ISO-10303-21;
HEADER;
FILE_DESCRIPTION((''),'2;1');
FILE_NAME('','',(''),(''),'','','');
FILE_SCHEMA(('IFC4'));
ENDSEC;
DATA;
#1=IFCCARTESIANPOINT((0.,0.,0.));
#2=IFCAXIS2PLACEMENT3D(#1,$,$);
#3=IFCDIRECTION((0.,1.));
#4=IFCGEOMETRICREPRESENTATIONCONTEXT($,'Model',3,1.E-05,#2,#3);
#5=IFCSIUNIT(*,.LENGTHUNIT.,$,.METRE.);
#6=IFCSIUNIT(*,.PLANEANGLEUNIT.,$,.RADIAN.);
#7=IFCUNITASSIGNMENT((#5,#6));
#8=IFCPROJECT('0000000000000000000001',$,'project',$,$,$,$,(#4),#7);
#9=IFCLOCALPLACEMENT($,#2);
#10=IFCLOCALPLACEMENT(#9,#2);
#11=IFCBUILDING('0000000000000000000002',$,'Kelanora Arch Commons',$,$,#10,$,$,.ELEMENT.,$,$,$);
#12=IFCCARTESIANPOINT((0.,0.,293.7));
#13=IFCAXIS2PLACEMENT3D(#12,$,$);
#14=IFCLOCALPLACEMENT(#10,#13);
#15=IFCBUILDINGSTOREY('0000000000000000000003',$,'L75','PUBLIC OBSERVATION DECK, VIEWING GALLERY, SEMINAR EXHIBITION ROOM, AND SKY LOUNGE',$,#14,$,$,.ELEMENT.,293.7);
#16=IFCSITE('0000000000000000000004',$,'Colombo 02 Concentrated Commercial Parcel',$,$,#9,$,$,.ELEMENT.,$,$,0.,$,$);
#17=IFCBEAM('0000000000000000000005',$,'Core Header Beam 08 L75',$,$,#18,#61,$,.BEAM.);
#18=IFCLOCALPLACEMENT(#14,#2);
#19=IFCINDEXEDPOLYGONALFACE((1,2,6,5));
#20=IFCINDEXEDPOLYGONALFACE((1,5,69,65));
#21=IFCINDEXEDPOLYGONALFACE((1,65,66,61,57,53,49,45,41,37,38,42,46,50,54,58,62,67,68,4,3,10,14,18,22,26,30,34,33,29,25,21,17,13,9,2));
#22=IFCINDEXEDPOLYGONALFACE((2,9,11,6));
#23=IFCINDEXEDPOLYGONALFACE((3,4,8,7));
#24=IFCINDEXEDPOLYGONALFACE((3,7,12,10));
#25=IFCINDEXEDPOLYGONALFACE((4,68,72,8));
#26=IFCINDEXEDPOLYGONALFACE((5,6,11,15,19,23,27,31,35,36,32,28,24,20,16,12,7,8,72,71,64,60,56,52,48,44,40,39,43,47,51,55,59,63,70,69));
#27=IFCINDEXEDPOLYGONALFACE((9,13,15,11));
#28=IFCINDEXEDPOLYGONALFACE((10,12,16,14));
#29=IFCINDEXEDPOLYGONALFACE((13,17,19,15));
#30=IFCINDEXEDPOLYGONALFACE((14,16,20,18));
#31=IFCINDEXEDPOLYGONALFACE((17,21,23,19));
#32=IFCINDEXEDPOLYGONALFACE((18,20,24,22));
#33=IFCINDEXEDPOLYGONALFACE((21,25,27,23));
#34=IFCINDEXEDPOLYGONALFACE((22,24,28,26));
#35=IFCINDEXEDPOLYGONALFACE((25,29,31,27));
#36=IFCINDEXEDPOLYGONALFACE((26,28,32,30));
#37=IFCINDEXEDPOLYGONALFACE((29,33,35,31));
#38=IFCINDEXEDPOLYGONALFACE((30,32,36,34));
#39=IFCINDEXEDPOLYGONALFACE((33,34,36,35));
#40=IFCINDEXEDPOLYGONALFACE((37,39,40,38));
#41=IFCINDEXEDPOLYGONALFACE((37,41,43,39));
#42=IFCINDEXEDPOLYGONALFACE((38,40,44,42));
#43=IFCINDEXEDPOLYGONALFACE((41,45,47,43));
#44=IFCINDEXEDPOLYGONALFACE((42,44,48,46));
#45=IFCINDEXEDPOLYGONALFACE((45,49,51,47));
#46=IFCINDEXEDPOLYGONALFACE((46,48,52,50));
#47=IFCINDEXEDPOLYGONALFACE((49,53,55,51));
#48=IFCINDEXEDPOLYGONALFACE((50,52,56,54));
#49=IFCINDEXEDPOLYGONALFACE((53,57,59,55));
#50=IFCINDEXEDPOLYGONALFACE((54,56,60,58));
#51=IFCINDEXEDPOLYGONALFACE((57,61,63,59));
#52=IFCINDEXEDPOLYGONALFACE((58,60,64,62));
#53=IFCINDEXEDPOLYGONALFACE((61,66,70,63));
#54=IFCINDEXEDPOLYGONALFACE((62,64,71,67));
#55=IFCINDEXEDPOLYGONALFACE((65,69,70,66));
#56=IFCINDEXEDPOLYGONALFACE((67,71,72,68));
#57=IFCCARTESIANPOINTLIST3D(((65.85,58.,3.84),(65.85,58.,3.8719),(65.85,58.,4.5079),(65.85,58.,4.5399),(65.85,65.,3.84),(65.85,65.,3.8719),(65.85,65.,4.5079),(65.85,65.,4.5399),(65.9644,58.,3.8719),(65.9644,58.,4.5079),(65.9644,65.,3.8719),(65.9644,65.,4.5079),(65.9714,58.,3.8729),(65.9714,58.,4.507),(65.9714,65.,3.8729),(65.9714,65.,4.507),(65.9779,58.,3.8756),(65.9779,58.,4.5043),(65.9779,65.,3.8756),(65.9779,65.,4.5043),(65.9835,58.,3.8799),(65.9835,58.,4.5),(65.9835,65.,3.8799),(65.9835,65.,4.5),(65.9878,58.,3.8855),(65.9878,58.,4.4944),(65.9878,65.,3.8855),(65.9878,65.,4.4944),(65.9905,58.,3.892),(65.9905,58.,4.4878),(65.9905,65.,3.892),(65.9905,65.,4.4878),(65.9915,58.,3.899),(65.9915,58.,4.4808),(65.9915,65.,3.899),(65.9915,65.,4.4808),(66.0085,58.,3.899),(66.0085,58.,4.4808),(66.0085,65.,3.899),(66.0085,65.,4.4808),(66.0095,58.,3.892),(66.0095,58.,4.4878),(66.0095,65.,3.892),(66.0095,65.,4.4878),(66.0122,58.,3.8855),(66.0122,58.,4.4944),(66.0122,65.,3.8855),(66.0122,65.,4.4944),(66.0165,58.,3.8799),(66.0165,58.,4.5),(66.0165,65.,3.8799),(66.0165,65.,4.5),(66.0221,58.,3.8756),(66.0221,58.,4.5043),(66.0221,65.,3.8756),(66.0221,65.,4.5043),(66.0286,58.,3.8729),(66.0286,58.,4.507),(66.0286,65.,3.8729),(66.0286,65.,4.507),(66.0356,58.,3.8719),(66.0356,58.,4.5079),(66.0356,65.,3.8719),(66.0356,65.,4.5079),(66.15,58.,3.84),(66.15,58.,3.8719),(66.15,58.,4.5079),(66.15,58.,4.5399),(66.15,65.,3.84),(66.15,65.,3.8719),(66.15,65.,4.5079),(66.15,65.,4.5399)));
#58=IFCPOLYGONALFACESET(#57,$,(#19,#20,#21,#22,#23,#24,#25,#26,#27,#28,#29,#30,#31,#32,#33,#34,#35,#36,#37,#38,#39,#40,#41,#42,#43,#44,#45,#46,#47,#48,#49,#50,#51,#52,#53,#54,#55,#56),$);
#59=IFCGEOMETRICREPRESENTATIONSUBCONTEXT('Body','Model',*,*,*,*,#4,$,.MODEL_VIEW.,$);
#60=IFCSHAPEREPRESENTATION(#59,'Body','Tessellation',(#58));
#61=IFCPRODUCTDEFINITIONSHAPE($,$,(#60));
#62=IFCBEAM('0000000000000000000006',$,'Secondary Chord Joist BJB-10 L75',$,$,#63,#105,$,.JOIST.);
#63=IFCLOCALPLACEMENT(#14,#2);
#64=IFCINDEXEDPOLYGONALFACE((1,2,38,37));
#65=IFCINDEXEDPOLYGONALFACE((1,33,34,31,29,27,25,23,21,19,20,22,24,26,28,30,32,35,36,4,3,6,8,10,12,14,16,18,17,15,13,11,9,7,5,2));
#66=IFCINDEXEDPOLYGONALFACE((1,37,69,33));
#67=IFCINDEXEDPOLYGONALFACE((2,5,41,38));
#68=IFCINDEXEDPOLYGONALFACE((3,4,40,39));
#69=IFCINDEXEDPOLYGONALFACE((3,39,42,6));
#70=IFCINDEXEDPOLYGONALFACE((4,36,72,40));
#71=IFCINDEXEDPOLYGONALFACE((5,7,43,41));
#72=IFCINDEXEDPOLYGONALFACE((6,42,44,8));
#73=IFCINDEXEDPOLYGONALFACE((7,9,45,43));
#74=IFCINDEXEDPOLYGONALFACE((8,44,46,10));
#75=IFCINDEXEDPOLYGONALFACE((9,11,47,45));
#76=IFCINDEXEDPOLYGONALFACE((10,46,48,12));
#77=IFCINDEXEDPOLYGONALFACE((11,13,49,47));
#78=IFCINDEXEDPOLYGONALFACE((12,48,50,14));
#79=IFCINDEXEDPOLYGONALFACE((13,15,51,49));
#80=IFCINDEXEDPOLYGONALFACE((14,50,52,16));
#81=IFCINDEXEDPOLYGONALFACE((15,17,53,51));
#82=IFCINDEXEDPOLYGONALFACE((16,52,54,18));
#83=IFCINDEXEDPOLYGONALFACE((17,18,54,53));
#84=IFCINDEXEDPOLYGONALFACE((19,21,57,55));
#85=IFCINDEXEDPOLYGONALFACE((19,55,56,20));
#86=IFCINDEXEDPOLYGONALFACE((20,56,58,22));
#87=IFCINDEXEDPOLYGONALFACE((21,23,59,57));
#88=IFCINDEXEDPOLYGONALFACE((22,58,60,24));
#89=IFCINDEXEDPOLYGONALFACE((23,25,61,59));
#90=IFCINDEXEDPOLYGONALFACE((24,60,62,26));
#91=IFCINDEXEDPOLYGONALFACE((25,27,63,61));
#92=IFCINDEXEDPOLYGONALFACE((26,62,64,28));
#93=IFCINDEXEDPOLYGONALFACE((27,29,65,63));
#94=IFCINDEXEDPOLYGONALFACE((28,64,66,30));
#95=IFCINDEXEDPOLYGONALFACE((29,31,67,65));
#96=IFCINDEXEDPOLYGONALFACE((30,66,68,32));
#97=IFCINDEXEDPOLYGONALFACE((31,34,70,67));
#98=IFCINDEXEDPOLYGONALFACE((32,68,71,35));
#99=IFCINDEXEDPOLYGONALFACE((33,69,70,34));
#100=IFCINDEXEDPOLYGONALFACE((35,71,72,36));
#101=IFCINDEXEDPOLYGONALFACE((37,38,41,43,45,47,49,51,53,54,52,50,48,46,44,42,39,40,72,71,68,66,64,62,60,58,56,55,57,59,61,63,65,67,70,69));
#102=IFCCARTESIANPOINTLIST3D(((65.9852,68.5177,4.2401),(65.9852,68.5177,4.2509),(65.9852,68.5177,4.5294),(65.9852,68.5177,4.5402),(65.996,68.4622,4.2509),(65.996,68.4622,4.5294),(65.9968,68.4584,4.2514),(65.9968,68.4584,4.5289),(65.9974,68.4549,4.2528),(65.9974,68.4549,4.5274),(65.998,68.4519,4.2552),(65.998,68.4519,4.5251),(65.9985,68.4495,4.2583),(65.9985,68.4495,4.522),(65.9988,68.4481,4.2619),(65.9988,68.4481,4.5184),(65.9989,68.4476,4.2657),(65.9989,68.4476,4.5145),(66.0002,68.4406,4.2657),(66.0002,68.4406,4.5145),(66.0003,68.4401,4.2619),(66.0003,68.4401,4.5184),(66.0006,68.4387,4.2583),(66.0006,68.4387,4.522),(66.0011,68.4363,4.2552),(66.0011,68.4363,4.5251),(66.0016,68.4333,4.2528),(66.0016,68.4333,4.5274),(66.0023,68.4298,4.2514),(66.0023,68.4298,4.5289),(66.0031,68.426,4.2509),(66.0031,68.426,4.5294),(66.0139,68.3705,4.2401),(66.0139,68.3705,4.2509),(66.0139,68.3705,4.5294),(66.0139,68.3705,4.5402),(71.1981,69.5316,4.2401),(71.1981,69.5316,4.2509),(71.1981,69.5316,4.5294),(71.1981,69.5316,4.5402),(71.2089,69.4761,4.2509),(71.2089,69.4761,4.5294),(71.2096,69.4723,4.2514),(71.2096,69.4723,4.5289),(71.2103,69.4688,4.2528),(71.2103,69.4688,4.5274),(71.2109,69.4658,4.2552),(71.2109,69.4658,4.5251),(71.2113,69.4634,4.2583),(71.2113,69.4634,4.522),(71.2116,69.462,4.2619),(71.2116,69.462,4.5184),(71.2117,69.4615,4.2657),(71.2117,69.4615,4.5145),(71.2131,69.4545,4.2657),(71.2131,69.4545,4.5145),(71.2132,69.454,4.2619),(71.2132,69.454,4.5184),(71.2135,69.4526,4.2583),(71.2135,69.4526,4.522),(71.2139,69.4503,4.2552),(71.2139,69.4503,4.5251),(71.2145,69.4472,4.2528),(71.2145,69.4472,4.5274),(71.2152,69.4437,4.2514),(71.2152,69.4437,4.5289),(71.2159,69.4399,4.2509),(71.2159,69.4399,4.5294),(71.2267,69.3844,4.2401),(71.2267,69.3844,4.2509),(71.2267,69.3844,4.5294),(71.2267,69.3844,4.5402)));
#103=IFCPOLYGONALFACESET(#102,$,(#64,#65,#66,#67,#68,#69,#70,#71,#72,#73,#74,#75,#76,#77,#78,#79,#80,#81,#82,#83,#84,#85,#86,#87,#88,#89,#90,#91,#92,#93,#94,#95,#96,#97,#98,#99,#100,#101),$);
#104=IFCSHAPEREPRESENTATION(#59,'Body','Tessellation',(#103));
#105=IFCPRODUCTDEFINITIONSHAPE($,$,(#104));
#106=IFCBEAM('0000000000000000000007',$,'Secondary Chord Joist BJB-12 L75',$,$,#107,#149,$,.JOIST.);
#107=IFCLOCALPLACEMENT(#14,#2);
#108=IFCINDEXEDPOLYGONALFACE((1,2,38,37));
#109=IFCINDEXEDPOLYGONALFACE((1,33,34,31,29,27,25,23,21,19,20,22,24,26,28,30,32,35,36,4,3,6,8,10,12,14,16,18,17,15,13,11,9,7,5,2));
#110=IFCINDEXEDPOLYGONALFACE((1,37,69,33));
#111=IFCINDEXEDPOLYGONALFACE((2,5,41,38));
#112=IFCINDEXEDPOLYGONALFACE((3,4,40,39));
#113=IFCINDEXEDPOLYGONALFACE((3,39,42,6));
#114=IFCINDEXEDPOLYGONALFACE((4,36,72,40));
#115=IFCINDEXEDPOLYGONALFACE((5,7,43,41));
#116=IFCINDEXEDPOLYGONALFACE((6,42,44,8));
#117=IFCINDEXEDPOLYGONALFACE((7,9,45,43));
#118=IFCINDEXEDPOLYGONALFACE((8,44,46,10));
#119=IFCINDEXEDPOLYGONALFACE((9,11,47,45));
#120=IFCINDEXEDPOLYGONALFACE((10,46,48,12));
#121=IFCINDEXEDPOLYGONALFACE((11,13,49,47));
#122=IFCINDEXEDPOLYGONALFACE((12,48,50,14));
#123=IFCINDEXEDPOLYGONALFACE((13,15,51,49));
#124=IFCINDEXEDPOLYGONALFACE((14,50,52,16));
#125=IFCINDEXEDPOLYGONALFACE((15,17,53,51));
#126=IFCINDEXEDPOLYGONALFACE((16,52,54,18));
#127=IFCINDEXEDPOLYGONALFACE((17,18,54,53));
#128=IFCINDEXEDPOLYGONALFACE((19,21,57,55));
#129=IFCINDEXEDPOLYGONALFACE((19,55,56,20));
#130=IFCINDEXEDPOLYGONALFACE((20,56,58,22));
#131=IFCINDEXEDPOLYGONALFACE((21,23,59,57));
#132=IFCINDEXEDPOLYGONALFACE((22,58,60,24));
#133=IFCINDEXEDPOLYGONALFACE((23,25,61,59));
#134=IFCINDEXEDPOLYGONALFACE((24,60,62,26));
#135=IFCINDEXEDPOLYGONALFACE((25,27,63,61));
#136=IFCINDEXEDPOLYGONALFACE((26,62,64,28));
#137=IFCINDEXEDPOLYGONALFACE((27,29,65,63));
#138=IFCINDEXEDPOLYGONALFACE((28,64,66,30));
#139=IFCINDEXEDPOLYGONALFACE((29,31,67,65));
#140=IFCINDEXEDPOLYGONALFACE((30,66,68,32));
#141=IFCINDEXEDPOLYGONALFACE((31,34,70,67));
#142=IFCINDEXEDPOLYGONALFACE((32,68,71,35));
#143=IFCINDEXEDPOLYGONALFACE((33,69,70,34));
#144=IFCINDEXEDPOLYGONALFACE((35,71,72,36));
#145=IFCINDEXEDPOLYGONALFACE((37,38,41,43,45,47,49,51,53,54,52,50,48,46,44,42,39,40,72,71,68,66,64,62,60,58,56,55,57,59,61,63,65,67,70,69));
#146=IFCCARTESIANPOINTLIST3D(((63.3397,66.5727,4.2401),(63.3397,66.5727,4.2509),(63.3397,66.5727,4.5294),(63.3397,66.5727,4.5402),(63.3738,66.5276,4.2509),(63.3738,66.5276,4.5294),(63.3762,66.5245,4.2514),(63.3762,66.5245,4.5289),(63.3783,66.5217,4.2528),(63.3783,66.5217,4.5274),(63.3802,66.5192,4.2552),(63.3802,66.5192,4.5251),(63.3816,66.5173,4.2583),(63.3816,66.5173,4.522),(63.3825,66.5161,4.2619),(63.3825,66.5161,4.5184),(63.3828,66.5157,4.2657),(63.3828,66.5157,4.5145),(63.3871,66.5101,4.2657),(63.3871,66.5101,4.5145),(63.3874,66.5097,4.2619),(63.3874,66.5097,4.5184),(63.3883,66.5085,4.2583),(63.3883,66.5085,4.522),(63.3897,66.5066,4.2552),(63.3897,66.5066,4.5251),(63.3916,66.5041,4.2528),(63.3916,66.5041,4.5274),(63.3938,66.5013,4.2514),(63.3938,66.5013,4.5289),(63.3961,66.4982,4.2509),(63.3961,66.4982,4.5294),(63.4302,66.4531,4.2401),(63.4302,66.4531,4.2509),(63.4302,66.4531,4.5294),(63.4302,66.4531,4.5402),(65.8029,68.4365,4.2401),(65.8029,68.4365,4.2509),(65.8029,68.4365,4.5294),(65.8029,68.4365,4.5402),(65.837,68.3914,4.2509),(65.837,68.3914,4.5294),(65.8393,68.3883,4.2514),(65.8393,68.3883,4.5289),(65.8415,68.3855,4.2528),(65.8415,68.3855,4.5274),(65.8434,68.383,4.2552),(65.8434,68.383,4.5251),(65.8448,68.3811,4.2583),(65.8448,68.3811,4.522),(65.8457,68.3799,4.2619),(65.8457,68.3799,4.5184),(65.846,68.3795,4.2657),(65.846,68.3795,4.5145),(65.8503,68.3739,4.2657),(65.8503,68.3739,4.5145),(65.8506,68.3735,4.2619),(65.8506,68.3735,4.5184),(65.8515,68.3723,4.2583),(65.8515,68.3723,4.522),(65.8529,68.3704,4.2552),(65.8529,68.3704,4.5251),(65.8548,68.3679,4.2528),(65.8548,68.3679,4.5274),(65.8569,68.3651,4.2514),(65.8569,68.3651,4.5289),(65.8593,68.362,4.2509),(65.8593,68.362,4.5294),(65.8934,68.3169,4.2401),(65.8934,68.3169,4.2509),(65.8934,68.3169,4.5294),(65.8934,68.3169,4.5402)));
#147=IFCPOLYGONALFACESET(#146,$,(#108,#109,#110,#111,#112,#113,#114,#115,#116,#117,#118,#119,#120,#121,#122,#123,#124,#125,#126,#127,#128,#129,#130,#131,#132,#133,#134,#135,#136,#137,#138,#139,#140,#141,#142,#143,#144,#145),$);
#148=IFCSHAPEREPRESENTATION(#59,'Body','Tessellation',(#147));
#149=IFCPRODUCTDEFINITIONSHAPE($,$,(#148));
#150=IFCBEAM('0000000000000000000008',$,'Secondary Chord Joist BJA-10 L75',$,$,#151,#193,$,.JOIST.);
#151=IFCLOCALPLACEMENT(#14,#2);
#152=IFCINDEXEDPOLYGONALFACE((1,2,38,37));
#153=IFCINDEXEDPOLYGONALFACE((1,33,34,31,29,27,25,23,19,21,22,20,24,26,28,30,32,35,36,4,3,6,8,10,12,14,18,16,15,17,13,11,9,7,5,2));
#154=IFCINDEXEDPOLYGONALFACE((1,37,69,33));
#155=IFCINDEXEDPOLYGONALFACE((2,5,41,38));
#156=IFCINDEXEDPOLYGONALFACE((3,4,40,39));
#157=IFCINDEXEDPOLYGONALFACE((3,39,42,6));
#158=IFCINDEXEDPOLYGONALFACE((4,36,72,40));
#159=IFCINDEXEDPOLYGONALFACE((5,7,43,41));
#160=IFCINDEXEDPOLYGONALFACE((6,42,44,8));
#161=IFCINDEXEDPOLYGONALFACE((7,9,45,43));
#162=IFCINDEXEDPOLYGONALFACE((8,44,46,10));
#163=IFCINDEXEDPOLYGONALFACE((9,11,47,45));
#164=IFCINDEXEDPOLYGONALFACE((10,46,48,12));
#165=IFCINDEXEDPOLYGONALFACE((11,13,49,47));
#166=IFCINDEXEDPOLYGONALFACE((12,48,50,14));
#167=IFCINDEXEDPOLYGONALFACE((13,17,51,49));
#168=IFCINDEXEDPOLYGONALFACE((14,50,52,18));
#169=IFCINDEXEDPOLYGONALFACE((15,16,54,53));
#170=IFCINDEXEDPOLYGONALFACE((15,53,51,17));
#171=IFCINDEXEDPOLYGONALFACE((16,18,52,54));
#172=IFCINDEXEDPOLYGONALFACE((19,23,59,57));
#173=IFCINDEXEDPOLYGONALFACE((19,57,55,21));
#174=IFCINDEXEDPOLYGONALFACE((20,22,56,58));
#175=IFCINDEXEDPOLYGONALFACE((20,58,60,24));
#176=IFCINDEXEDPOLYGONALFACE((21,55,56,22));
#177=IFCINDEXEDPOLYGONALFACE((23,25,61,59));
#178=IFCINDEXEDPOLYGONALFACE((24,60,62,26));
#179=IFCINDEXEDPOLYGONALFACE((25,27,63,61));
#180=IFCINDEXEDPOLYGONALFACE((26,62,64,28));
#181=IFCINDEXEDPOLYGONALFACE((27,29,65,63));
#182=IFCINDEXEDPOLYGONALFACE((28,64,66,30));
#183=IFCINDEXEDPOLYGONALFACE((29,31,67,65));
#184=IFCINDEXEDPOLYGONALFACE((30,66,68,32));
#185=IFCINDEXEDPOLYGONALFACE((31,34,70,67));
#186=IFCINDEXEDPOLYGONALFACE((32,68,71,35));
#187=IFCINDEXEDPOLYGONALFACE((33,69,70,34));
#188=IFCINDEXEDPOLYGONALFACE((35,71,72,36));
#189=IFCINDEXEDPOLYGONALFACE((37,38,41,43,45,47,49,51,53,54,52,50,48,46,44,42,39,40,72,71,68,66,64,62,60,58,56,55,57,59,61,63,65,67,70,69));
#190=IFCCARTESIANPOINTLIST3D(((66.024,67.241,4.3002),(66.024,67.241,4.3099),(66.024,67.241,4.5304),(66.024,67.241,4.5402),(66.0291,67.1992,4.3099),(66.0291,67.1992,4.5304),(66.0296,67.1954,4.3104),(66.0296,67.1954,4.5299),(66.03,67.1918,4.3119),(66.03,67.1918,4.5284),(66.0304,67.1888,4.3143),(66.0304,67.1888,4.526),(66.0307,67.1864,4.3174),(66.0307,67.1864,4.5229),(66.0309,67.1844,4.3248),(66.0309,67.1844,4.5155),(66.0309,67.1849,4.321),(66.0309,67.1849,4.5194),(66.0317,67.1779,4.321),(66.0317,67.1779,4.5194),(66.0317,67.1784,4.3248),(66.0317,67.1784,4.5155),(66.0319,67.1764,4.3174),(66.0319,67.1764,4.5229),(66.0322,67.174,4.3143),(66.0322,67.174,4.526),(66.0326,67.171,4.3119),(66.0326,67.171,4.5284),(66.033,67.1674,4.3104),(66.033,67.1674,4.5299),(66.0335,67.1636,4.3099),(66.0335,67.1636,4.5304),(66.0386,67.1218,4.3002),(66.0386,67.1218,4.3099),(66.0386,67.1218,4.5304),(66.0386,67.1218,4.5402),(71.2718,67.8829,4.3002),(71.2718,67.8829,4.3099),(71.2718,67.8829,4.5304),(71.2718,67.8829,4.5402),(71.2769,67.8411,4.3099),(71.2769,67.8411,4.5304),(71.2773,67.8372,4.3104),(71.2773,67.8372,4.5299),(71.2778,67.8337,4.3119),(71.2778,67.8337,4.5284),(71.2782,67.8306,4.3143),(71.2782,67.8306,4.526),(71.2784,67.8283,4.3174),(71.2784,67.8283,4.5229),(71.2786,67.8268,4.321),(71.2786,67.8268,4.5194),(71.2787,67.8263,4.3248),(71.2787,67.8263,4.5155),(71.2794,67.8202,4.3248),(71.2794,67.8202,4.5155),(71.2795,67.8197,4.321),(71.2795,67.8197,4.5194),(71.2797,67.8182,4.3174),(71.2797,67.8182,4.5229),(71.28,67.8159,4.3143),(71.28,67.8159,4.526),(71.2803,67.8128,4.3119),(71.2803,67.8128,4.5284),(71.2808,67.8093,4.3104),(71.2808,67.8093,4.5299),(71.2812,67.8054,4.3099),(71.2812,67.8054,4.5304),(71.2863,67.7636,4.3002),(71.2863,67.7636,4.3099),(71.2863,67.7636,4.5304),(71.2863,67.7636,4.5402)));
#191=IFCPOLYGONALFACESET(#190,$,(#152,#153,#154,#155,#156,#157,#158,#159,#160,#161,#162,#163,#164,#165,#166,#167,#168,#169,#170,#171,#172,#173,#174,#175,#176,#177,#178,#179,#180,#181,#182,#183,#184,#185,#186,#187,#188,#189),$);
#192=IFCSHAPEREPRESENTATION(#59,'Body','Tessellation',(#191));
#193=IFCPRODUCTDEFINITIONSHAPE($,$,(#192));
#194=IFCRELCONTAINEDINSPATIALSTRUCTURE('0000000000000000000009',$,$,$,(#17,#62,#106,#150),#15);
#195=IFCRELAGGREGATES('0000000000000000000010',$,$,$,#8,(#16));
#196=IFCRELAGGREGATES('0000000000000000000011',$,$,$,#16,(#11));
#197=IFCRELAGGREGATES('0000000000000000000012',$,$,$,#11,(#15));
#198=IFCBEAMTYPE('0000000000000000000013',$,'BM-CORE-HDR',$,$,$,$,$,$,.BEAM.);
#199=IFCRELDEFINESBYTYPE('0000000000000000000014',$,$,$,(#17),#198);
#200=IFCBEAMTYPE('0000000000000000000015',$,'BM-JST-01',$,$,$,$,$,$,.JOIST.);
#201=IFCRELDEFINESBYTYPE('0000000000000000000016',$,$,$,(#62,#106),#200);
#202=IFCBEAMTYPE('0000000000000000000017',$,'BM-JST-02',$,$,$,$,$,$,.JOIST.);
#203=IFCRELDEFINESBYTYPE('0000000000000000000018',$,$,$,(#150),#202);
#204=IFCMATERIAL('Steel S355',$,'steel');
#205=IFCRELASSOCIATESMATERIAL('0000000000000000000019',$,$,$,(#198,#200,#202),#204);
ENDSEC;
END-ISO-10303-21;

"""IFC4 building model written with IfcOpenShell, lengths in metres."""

from ifc_helpers import new_model, si_unit, direction, frame, origin, origin_2d, place, context, subcontext, project, spatial, i_section, extrude, material, material_profile, profile_set, type_object, element, save


model = new_model("IFC4")

# Units and contexts
model_context = context("Model", 3, precision=1e-05, world=origin(), true_north=direction((0.0, 1.0)))
body_context = subcontext(model_context, "Body", "Model", "MODEL_VIEW")
ifc_project = project(units=[si_unit("LENGTHUNIT", "METRE"), si_unit("PLANEANGLEUNIT", "RADIAN")], contexts=[model_context])

# Site, building, storey
site_placement = place(None, origin())
site = spatial("IfcSite", under=ifc_project, at=site_placement, Name="Colombo 02 Concentrated Commercial Parcel", CompositionType="ELEMENT", RefElevation=0.0)
building_placement = place(site_placement, origin())
building = spatial("IfcBuilding", under=site, at=building_placement, Name="Kelanora Arch Commons", CompositionType="ELEMENT")
storey_placement = place(building_placement, frame((0.0, 0.0, 293.7)))
storey = spatial("IfcBuildingStorey", under=building, at=storey_placement, Name="L75", Description="PUBLIC OBSERVATION DECK, VIEWING GALLERY, SEMINAR EXHIBITION ROOM, AND SKY LOUNGE", CompositionType="ELEMENT", Elevation=293.7)

# Beams
ifc_material_1 = material(Name="Steel S355", Category="steel")
ifc_material_profile_1 = material_profile(ifc_material_1, i_section(OverallWidth=0.3, OverallDepth=0.7, WebThickness=0.0171, FlangeThickness=0.032, FilletRadius=0.0271, at=origin_2d()), Name="HEB700")
ifc_profile_set_1 = profile_set([ifc_material_profile_1], Name="Steel S355")
beam_type_1 = type_object("IfcBeamType", Name="BM-CORE-HDR", PredefinedType="BEAM", material=ifc_profile_set_1)
beam_1_placement = place(storey_placement, frame((66.0, 65.0, 4.1899), z_axis=(0.0, -1.0, 0.0), x_axis=(1.0, 0.0, 0.0)))
element("IfcBeam", 1, at=beam_1_placement, inside=storey, type_object=beam_type_1, Name="Core Header Beam 08 L75", PredefinedType="BEAM", context=body_context, shape_type="SweptSolid", body=[
    extrude(i_section(OverallWidth=0.3, OverallDepth=0.7, WebThickness=0.0171, FlangeThickness=0.032, FilletRadius=0.0271, at=origin_2d()), origin(), (0.0, 0.0, 1.0), 7.0),
])
ifc_material_profile_2 = material_profile(ifc_material_1, i_section(OverallWidth=0.1499, OverallDepth=0.3, WebThickness=0.0071, FlangeThickness=0.0107, FilletRadius=0.0149, at=origin_2d()), Name="IPE300")
ifc_profile_set_2 = profile_set([ifc_material_profile_2], Name="Steel S355")
beam_type_2 = type_object("IfcBeamType", Name="BM-JST-01", PredefinedType="JOIST", material=ifc_profile_set_2)
beam_2_placement = place(storey_placement, frame((71.2124, 69.458, 4.3901), z_axis=(-0.981605, -0.190924, 0.0), x_axis=(0.190924, -0.981605, 0.0)))
element("IfcBeam", 2, at=beam_2_placement, inside=storey, type_object=beam_type_2, Name="Secondary Chord Joist BJB-10 L75", PredefinedType="JOIST", context=body_context, shape_type="SweptSolid", body=[
    extrude(i_section(OverallWidth=0.1499, OverallDepth=0.3, WebThickness=0.0071, FlangeThickness=0.0107, FilletRadius=0.0149, at=origin_2d()), origin(), (0.0, 0.0, 1.0), 5.3105),
])
beam_3_placement = place(storey_placement, frame((65.8481, 68.3767, 4.3901), z_axis=(-0.797441, -0.603396, 0.0), x_axis=(0.603396, -0.797441, 0.0)))
element("IfcBeam", 3, at=beam_3_placement, inside=storey, type_object=beam_type_2, Name="Secondary Chord Joist BJB-12 L75", PredefinedType="JOIST", context=body_context, shape_type="SweptSolid", body=[
    extrude(i_section(OverallWidth=0.1499, OverallDepth=0.3, WebThickness=0.0071, FlangeThickness=0.0107, FilletRadius=0.0149, at=origin_2d()), origin(), (0.0, 0.0, 1.0), 3.0889),
])
ifc_material_profile_3 = material_profile(ifc_material_1, i_section(OverallWidth=0.1201, OverallDepth=0.24, WebThickness=0.0061, FlangeThickness=0.0098, FilletRadius=0.0149, at=origin_2d()), Name="IPE240")
ifc_profile_set_3 = profile_set([ifc_material_profile_3], Name="Steel S355")
beam_type_3 = type_object("IfcBeamType", Name="BM-JST-02", PredefinedType="JOIST", material=ifc_profile_set_3)
beam_4_placement = place(storey_placement, frame((71.2791, 67.8232, 4.4202), z_axis=(-0.992603, -0.121403, 0.0), x_axis=(0.121403, -0.992603, 0.0)))
element("IfcBeam", 4, at=beam_4_placement, inside=storey, type_object=beam_type_3, Name="Secondary Chord Joist BJA-10 L75", PredefinedType="JOIST", context=body_context, shape_type="SweptSolid", body=[
    extrude(i_section(OverallWidth=0.1201, OverallDepth=0.24, WebThickness=0.0061, FlangeThickness=0.0098, FilletRadius=0.0149, at=origin_2d()), origin(), (0.0, 0.0, 1.0), 5.2869),
])

save(model, "model.ifc")
